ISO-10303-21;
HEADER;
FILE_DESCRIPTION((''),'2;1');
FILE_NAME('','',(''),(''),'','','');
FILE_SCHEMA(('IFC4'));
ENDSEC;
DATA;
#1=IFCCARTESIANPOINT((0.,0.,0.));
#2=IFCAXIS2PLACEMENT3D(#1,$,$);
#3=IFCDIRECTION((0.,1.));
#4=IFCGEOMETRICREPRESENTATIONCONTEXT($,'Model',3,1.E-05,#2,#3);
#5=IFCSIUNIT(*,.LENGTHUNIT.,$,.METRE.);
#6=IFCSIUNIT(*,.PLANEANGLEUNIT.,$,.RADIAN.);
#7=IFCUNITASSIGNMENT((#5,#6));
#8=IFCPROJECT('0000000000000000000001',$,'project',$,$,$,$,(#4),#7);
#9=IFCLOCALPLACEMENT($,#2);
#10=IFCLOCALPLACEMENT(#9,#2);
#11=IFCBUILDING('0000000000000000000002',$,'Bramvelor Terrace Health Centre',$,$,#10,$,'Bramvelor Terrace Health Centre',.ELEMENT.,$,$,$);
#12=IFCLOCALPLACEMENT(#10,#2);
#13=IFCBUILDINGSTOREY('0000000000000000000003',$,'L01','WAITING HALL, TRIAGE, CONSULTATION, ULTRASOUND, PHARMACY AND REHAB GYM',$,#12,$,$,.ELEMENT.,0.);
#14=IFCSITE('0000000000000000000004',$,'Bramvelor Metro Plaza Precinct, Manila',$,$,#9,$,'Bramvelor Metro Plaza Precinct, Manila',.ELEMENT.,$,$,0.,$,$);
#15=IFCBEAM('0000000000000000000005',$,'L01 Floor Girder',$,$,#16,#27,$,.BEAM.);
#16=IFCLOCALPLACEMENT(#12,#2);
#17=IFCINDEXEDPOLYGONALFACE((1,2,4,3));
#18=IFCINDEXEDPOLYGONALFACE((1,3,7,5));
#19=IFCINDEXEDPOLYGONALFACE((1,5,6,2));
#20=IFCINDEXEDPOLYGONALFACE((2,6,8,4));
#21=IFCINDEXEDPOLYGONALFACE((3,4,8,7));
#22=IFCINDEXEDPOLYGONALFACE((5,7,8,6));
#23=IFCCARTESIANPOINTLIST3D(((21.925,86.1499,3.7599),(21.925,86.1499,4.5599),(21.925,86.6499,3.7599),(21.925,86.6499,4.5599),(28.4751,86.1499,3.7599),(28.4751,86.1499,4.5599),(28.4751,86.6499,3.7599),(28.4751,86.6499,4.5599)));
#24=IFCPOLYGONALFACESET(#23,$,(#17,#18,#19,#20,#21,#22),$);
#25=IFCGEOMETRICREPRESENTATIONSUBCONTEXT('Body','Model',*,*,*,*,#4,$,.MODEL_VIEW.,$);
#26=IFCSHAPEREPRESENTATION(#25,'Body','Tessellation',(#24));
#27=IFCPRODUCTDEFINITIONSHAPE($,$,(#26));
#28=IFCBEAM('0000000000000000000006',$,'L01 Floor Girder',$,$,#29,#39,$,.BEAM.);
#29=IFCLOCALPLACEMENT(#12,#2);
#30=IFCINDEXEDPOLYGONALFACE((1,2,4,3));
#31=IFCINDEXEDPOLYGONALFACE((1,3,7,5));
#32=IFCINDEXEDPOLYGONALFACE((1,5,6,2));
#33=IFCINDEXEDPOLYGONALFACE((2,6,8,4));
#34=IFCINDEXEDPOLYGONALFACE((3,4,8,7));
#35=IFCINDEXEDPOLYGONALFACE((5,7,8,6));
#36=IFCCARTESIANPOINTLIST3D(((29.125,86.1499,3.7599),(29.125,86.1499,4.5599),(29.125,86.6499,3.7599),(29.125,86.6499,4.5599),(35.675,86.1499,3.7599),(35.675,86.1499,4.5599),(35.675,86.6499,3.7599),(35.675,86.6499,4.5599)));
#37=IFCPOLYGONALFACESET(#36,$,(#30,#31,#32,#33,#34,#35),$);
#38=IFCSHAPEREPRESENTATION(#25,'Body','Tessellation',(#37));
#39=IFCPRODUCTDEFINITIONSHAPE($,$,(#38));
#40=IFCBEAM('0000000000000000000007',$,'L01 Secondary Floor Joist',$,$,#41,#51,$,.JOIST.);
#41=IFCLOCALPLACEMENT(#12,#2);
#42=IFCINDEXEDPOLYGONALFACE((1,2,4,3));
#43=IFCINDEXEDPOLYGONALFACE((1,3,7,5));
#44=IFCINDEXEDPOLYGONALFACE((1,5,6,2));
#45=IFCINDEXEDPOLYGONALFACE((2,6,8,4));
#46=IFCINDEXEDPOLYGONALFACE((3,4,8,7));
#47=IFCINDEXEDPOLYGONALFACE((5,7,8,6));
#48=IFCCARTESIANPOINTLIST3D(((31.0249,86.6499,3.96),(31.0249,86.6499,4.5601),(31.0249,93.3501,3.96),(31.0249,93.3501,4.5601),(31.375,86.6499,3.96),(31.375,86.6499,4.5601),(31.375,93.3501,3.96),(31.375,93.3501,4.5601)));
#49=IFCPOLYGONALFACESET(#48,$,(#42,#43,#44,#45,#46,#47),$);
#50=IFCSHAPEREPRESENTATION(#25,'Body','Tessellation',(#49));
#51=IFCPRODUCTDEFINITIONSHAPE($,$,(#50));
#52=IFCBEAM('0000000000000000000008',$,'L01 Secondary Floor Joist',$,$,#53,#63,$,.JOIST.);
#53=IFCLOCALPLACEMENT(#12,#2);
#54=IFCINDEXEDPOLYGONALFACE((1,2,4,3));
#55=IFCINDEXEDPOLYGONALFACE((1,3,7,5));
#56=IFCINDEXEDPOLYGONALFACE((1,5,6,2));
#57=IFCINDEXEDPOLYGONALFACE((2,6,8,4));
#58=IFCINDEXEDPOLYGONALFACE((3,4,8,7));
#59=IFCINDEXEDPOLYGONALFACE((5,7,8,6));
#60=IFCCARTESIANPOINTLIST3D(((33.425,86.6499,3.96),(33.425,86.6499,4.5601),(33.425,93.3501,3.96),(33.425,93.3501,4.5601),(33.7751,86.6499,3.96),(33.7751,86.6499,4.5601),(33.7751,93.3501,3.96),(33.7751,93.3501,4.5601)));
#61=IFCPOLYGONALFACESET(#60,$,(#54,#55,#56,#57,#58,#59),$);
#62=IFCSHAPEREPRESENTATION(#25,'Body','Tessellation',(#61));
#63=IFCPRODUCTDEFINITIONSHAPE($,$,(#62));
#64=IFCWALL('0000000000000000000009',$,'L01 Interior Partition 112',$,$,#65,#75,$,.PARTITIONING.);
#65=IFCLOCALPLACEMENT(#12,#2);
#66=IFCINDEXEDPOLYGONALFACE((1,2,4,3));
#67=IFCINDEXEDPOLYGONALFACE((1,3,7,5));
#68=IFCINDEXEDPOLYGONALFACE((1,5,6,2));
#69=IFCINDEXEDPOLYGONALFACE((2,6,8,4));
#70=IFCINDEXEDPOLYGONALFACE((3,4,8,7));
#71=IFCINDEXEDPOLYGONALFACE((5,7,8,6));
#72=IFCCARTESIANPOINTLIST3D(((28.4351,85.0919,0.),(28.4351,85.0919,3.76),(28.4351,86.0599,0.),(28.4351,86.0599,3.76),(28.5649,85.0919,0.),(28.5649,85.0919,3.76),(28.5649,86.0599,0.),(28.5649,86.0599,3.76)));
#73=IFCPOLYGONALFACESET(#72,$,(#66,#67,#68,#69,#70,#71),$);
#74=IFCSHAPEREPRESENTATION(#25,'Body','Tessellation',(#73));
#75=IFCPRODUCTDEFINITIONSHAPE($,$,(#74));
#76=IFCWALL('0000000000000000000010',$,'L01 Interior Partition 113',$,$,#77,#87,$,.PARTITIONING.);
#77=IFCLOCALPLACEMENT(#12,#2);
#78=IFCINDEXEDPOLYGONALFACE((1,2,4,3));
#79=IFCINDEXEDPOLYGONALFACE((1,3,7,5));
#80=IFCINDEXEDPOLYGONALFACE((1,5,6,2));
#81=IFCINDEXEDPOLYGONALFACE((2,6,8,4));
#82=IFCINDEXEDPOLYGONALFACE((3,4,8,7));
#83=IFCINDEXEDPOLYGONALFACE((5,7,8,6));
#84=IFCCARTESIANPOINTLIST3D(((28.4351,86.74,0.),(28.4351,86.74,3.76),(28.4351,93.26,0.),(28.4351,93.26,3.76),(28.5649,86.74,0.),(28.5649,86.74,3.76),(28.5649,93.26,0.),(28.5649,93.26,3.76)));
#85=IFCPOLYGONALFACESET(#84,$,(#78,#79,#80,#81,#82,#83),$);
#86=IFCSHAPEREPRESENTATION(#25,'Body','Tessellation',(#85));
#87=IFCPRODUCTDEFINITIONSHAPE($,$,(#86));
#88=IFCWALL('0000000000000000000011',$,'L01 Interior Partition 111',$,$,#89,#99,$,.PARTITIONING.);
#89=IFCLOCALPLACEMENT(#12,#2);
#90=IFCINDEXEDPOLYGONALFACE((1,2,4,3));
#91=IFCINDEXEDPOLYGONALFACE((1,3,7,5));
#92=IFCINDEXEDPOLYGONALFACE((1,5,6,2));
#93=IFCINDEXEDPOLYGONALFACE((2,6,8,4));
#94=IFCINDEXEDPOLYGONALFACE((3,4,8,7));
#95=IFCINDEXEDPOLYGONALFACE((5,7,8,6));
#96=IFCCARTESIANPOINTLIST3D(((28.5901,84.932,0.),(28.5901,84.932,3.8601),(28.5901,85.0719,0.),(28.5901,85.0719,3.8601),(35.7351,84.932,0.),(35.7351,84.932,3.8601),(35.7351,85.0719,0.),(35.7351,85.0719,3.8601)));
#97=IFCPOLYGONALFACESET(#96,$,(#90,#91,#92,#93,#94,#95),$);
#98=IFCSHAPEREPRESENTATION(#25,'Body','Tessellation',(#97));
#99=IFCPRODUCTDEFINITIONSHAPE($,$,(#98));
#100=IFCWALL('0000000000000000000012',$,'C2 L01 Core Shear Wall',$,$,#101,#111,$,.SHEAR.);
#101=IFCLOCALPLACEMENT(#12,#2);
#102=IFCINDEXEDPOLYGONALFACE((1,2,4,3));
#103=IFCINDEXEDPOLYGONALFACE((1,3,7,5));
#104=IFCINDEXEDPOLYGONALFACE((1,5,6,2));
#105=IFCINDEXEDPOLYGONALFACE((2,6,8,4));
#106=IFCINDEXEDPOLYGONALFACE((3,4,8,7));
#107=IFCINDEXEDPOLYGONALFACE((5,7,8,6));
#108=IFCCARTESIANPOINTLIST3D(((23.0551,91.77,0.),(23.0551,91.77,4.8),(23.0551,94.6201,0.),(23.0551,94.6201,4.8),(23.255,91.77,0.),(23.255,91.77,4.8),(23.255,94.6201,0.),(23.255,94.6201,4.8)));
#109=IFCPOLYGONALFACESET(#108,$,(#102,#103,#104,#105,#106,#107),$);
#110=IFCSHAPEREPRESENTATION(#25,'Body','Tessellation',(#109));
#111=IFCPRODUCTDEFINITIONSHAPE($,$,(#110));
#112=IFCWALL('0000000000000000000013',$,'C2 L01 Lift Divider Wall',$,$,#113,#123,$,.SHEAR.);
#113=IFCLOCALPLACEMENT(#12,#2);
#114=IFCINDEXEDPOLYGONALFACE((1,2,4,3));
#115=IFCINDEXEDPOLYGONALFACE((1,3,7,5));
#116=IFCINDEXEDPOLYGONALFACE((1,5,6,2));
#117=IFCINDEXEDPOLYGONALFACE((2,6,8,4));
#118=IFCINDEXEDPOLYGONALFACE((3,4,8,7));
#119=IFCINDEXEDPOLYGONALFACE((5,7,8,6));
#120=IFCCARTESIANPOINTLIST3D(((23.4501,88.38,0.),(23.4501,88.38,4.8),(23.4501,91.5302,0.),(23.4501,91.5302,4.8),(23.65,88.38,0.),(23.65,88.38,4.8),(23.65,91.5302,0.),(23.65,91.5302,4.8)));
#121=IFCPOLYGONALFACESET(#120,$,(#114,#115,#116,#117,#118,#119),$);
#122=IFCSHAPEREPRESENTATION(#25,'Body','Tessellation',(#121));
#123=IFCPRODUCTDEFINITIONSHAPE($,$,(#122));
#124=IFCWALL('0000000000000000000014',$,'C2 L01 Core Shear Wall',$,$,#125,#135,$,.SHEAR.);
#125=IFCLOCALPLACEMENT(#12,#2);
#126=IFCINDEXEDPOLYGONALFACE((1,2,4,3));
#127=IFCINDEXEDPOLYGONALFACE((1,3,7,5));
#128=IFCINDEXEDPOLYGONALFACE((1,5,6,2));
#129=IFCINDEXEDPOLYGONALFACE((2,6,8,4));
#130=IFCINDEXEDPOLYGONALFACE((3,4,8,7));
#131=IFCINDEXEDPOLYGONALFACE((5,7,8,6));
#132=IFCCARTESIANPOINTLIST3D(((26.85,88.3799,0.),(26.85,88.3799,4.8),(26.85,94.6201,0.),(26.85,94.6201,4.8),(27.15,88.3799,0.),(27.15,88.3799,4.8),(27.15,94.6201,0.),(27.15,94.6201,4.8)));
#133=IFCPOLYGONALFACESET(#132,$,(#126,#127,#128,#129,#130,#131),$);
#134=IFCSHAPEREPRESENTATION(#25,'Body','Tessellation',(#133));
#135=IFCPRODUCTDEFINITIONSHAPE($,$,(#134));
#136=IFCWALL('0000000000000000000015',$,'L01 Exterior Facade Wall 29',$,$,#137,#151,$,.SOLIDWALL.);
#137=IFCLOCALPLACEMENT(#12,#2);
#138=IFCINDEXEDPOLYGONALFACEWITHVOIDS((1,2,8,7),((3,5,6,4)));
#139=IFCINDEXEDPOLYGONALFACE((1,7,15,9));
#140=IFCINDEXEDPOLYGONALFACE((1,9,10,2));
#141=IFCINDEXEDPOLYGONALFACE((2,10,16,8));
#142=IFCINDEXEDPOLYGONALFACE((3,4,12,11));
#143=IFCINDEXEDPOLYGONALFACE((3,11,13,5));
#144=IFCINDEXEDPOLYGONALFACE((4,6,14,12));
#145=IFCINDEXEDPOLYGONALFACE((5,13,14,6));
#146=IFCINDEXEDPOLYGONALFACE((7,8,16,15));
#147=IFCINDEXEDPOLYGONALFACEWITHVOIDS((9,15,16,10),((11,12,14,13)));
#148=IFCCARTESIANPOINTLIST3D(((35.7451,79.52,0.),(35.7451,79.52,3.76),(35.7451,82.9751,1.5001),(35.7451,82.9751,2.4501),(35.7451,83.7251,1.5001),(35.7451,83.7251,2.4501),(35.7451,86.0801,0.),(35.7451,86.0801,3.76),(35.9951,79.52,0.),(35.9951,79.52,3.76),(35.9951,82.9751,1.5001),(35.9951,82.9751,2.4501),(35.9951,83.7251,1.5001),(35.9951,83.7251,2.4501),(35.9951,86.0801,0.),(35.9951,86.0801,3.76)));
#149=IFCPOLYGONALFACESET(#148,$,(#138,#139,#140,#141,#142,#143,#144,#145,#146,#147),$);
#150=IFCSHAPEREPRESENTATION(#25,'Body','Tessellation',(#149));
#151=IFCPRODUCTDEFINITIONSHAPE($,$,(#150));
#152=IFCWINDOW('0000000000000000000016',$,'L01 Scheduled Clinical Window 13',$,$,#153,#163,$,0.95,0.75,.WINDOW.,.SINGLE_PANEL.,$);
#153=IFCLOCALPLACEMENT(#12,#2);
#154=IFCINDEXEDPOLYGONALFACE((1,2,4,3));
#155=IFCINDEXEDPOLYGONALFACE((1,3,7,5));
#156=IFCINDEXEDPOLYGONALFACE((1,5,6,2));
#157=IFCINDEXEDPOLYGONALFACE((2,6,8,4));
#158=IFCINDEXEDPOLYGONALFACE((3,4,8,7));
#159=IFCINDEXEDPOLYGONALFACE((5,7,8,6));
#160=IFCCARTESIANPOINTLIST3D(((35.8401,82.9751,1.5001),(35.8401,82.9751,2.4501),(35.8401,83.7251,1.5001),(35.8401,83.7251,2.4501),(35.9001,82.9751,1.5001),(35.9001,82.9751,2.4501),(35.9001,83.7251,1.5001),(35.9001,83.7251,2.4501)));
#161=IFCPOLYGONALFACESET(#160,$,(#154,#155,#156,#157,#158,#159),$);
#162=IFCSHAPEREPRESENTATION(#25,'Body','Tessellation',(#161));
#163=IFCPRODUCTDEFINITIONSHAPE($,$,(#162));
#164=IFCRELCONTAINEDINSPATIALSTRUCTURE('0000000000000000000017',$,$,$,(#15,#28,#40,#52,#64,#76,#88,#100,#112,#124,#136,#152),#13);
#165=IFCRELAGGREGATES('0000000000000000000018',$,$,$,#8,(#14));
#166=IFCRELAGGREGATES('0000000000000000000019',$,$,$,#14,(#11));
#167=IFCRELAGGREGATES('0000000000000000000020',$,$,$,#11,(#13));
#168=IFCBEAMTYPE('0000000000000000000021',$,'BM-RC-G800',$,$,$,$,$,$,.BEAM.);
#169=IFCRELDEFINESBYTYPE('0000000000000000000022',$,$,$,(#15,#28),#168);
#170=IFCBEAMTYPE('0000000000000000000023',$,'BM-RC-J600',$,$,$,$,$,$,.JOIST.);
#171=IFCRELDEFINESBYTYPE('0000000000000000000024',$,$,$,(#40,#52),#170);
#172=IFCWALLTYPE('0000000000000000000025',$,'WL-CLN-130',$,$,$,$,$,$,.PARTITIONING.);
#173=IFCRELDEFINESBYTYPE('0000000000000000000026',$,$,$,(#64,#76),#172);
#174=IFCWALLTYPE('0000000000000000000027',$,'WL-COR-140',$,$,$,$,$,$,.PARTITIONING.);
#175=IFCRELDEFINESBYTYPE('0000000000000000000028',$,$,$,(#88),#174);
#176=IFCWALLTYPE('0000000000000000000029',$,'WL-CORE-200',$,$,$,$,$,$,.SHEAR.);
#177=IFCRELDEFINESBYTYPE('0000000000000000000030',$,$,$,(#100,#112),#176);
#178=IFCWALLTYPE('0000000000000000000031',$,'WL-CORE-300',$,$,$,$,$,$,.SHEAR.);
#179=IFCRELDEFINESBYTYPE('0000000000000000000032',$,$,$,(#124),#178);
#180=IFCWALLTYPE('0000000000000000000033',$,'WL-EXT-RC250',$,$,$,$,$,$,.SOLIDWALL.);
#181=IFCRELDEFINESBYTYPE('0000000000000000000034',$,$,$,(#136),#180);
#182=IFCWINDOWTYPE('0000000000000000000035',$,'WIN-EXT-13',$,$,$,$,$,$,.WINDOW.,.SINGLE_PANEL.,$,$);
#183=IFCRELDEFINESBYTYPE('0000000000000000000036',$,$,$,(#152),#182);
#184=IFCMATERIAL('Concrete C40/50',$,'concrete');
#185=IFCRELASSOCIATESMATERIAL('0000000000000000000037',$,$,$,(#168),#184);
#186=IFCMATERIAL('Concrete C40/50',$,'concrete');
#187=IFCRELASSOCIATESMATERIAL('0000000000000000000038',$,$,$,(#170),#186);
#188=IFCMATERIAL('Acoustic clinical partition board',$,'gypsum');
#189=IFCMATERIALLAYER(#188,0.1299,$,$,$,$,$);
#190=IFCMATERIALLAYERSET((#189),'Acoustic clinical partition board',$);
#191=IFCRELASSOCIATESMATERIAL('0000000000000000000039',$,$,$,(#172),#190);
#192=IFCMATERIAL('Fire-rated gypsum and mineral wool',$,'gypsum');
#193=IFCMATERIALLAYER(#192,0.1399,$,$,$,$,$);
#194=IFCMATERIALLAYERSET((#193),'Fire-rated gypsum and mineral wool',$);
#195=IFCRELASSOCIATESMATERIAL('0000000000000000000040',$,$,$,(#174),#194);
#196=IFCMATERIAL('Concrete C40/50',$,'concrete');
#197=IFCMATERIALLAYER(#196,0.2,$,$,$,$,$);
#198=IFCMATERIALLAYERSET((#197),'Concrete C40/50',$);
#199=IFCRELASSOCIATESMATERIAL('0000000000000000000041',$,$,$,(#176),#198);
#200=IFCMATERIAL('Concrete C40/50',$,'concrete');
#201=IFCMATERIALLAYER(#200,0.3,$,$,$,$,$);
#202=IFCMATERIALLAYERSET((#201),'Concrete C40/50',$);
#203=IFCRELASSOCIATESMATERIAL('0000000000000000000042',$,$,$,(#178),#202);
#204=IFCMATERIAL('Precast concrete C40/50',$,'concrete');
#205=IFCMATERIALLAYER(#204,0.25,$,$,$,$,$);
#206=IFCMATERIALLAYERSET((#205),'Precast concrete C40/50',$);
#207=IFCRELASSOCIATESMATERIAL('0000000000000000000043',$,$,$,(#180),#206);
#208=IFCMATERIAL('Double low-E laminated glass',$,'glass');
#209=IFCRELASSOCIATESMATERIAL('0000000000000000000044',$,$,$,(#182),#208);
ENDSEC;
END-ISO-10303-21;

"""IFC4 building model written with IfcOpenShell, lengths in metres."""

from ifc_helpers import new_model, si_unit, direction, frame, frame_2d, origin, origin_2d, place, context, subcontext, project, spatial, rectangle, extrude, material, layer, layer_set, material_profile, profile_set, type_object, element, fill, save


model = new_model("IFC4")

# Units and contexts
model_context = context("Model", 3, precision=1e-05, world=origin(), true_north=direction((0.0, 1.0)))
body_context = subcontext(model_context, "Body", "Model", "MODEL_VIEW")
ifc_project = project(units=[si_unit("LENGTHUNIT", "METRE"), si_unit("PLANEANGLEUNIT", "RADIAN")], contexts=[model_context])

# Site, building, storey
site_placement = place(None, origin())
site = spatial("IfcSite", under=ifc_project, at=site_placement, Name="Bramvelor Metro Plaza Precinct, Manila", LongName="Bramvelor Metro Plaza Precinct, Manila", CompositionType="ELEMENT", RefElevation=0.0)
building_placement = place(site_placement, origin())
building = spatial("IfcBuilding", under=site, at=building_placement, Name="Bramvelor Terrace Health Centre", LongName="Bramvelor Terrace Health Centre", CompositionType="ELEMENT")
storey_placement = place(building_placement, origin())
storey = spatial("IfcBuildingStorey", under=building, at=storey_placement, Name="L01", Description="WAITING HALL, TRIAGE, CONSULTATION, ULTRASOUND, PHARMACY AND REHAB GYM", CompositionType="ELEMENT", Elevation=0.0)

# Beams
ifc_material_1 = material(Name="Concrete C40/50", Category="concrete")
ifc_material_profile_1 = material_profile(ifc_material_1, rectangle(XDim=0.5, YDim=0.8, at=origin_2d()), Name="RC 500x800")
ifc_profile_set_1 = profile_set([ifc_material_profile_1], Name="Concrete C40/50")
beam_type_1 = type_object("IfcBeamType", Name="BM-RC-G800", PredefinedType="BEAM", material=ifc_profile_set_1)
for number, where, z_axis, x_axis, name in (
    (1, (21.925, 86.3999, 4.1599), (1.0, 0.0, 0.0), (0.0, 1.0, 0.0), "L01 Floor Girder"),
    (2, (29.125, 86.3999, 4.1599), (1.0, 0.0, 0.0), (0.0, 1.0, 0.0), "L01 Floor Girder"),
):
    element("IfcBeam", number, at=place(storey_placement, frame(where, z_axis=z_axis, x_axis=x_axis)), inside=storey, type_object=beam_type_1, Name=name, PredefinedType="BEAM", context=body_context, shape_type="SweptSolid", body=[
        extrude(rectangle(XDim=0.5, YDim=0.8, at=origin_2d()), origin(), (0.0, 0.0, 1.0), 6.55),
    ])
ifc_material_2 = material(Name="Concrete C40/50", Category="concrete")
ifc_material_profile_2 = material_profile(ifc_material_2, rectangle(XDim=0.3501, YDim=0.6001, at=origin_2d()), Name="RC 350x600")
ifc_profile_set_2 = profile_set([ifc_material_profile_2], Name="Concrete C40/50")
beam_type_2 = type_object("IfcBeamType", Name="BM-RC-J600", PredefinedType="JOIST", material=ifc_profile_set_2)
for number, where, z_axis, x_axis, name in (
    (3, (31.2, 86.6499, 4.26), (0.0, 1.0, 0.0), (-1.0, 0.0, 0.0), "L01 Secondary Floor Joist"),
    (4, (33.6001, 86.6499, 4.26), (0.0, 1.0, 0.0), (-1.0, 0.0, 0.0), "L01 Secondary Floor Joist"),
):
    element("IfcBeam", number, at=place(storey_placement, frame(where, z_axis=z_axis, x_axis=x_axis)), inside=storey, type_object=beam_type_2, Name=name, PredefinedType="JOIST", context=body_context, shape_type="SweptSolid", body=[
        extrude(rectangle(XDim=0.3501, YDim=0.6001, at=origin_2d()), origin(), (0.0, 0.0, 1.0), 6.7002),
    ])

# Walls
ifc_material_3 = material(Name="Acoustic clinical partition board", Category="gypsum")
ifc_layer_1 = layer(ifc_material_3, 0.1299)
ifc_layer_set_1 = layer_set([ifc_layer_1], Name="Acoustic clinical partition board")
wall_type_1 = type_object("IfcWallType", Name="WL-CLN-130", PredefinedType="PARTITIONING", material=ifc_layer_set_1)
wall_1_placement = place(storey_placement, frame((28.5, 85.092, 0.0), z_axis=(0.0, 0.0, 1.0), x_axis=(0.0, 1.0, 0.0)))
element("IfcWall", 5, at=wall_1_placement, inside=storey, type_object=wall_type_1, Name="L01 Interior Partition 112", PredefinedType="PARTITIONING", context=body_context, shape_type="SweptSolid", body=[
    extrude(rectangle(XDim=0.968, YDim=0.1299, at=frame_2d((0.4839, 0.0))), origin(), (0.0, 0.0, 1.0), 3.76),
])
wall_2_placement = place(storey_placement, frame((28.5, 86.74, 0.0), z_axis=(0.0, 0.0, 1.0), x_axis=(0.0, 1.0, 0.0)))
element("IfcWall", 6, at=wall_2_placement, inside=storey, type_object=wall_type_1, Name="L01 Interior Partition 113", PredefinedType="PARTITIONING", context=body_context, shape_type="SweptSolid", body=[
    extrude(rectangle(XDim=6.52, YDim=0.1299, at=frame_2d((3.26, 0.0))), origin(), (0.0, 0.0, 1.0), 3.76),
])
ifc_material_4 = material(Name="Fire-rated gypsum and mineral wool", Category="gypsum")
ifc_layer_2 = layer(ifc_material_4, 0.1399)
ifc_layer_set_2 = layer_set([ifc_layer_2], Name="Fire-rated gypsum and mineral wool")
wall_type_2 = type_object("IfcWallType", Name="WL-COR-140", PredefinedType="PARTITIONING", material=ifc_layer_set_2)
wall_3_placement = place(storey_placement, frame((35.7351, 85.002, 0.0), z_axis=(0.0, 0.0, 1.0), x_axis=(-1.0, 0.0, 0.0)))
element("IfcWall", 7, at=wall_3_placement, inside=storey, type_object=wall_type_2, Name="L01 Interior Partition 111", PredefinedType="PARTITIONING", context=body_context, shape_type="SweptSolid", body=[
    extrude(rectangle(XDim=7.145, YDim=0.1399, at=frame_2d((3.5725, 0.0))), origin(), (0.0, 0.0, 1.0), 3.8601),
])
ifc_material_5 = material(Name="Concrete C40/50", Category="concrete")
ifc_layer_3 = layer(ifc_material_5, 0.2)
ifc_layer_set_3 = layer_set([ifc_layer_3], Name="Concrete C40/50")
wall_type_3 = type_object("IfcWallType", Name="WL-CORE-200", PredefinedType="SHEAR", material=ifc_layer_set_3)
wall_4_placement = place(storey_placement, frame((23.155, 91.77, 0.0), z_axis=(0.0, 0.0, 1.0), x_axis=(0.0, 1.0, 0.0)))
element("IfcWall", 8, at=wall_4_placement, inside=storey, type_object=wall_type_3, Name="C2 L01 Core Shear Wall", PredefinedType="SHEAR", context=body_context, shape_type="SweptSolid", body=[
    extrude(rectangle(XDim=2.8501, YDim=0.2, at=frame_2d((1.425, 0.0))), origin(), (0.0, 0.0, 1.0), 4.8),
])
wall_5_placement = place(storey_placement, frame((23.55, 88.3799, 0.0), z_axis=(0.0, 0.0, 1.0), x_axis=(0.0, 1.0, 0.0)))
element("IfcWall", 9, at=wall_5_placement, inside=storey, type_object=wall_type_3, Name="C2 L01 Lift Divider Wall", PredefinedType="SHEAR", context=body_context, shape_type="SweptSolid", body=[
    extrude(rectangle(XDim=3.1501, YDim=0.2, at=frame_2d((1.5752, 0.0))), origin(), (0.0, 0.0, 1.0), 4.8),
])
ifc_material_6 = material(Name="Concrete C40/50", Category="concrete")
ifc_layer_4 = layer(ifc_material_6, 0.3)
ifc_layer_set_4 = layer_set([ifc_layer_4], Name="Concrete C40/50")
wall_type_4 = type_object("IfcWallType", Name="WL-CORE-300", PredefinedType="SHEAR", material=ifc_layer_set_4)
wall_6_placement = place(storey_placement, frame((27.0, 88.3799, 0.0), z_axis=(0.0, 0.0, 1.0), x_axis=(0.0, 1.0, 0.0)))
element("IfcWall", 10, at=wall_6_placement, inside=storey, type_object=wall_type_4, Name="C2 L01 Core Shear Wall", PredefinedType="SHEAR", context=body_context, shape_type="SweptSolid", body=[
    extrude(rectangle(XDim=6.2402, YDim=0.3, at=frame_2d((3.1201, 0.0))), origin(), (0.0, 0.0, 1.0), 4.8),
])

# Wall, opening, window
ifc_material_7 = material(Name="Precast concrete C40/50", Category="concrete")
ifc_layer_5 = layer(ifc_material_7, 0.25)
ifc_layer_set_5 = layer_set([ifc_layer_5], Name="Precast concrete C40/50")
wall_type_5 = type_object("IfcWallType", Name="WL-EXT-RC250", PredefinedType="SOLIDWALL", material=ifc_layer_set_5)
wall_7_placement = place(storey_placement, frame((35.8701, 86.0801, 0.0), z_axis=(0.0, 0.0, 1.0), x_axis=(0.0, -1.0, 0.0)))
wall_7 = element("IfcWall", 11, at=wall_7_placement, inside=storey, type_object=wall_type_5, Name="L01 Exterior Facade Wall 29", PredefinedType="SOLIDWALL", context=body_context, shape_type="SweptSolid", body=[
    extrude(rectangle(XDim=6.5601, YDim=0.25, at=frame_2d((3.28, 0.0))), origin(), (0.0, 0.0, 1.0), 3.76),
])
opening_1_placement = place(wall_7_placement, frame((2.355, 0.0, 1.5)))
opening_1 = element("IfcOpeningElement", 12, at=opening_1_placement, cuts=wall_7, PredefinedType="OPENING", context=body_context, shape_type="SweptSolid", body=[
    extrude(rectangle(XDim=0.75, YDim=0.95, at=frame_2d((0.375, 0.4751))), frame((0.0, 0.135, 0.0), z_axis=(0.0, -1.0, 0.0), x_axis=(1.0, 0.0, 0.0)), (0.0, 0.0, 1.0), 0.27),
])
ifc_material_8 = material(Name="Double low-E laminated glass", Category="glass")
window_type = type_object("IfcWindowType", Name="WIN-EXT-13", PartitioningType="SINGLE_PANEL", PredefinedType="WINDOW", material=ifc_material_8)
window_placement = place(opening_1_placement, origin())
window = element("IfcWindow", 13, at=window_placement, inside=storey, type_object=window_type, Name="L01 Scheduled Clinical Window 13", OverallHeight=0.95, OverallWidth=0.75, PartitioningType="SINGLE_PANEL", PredefinedType="WINDOW", context=body_context, shape_type="SweptSolid", body=[
    extrude(rectangle(XDim=0.75, YDim=0.95, at=frame_2d((0.375, 0.4751))), frame((0.0, 0.03, 0.0), z_axis=(0.0, -1.0, 0.0), x_axis=(1.0, 0.0, 0.0)), (0.0, 0.0, 1.0), 0.0601),
])
fill(opening_1, window)

save(model, "model.ifc")
